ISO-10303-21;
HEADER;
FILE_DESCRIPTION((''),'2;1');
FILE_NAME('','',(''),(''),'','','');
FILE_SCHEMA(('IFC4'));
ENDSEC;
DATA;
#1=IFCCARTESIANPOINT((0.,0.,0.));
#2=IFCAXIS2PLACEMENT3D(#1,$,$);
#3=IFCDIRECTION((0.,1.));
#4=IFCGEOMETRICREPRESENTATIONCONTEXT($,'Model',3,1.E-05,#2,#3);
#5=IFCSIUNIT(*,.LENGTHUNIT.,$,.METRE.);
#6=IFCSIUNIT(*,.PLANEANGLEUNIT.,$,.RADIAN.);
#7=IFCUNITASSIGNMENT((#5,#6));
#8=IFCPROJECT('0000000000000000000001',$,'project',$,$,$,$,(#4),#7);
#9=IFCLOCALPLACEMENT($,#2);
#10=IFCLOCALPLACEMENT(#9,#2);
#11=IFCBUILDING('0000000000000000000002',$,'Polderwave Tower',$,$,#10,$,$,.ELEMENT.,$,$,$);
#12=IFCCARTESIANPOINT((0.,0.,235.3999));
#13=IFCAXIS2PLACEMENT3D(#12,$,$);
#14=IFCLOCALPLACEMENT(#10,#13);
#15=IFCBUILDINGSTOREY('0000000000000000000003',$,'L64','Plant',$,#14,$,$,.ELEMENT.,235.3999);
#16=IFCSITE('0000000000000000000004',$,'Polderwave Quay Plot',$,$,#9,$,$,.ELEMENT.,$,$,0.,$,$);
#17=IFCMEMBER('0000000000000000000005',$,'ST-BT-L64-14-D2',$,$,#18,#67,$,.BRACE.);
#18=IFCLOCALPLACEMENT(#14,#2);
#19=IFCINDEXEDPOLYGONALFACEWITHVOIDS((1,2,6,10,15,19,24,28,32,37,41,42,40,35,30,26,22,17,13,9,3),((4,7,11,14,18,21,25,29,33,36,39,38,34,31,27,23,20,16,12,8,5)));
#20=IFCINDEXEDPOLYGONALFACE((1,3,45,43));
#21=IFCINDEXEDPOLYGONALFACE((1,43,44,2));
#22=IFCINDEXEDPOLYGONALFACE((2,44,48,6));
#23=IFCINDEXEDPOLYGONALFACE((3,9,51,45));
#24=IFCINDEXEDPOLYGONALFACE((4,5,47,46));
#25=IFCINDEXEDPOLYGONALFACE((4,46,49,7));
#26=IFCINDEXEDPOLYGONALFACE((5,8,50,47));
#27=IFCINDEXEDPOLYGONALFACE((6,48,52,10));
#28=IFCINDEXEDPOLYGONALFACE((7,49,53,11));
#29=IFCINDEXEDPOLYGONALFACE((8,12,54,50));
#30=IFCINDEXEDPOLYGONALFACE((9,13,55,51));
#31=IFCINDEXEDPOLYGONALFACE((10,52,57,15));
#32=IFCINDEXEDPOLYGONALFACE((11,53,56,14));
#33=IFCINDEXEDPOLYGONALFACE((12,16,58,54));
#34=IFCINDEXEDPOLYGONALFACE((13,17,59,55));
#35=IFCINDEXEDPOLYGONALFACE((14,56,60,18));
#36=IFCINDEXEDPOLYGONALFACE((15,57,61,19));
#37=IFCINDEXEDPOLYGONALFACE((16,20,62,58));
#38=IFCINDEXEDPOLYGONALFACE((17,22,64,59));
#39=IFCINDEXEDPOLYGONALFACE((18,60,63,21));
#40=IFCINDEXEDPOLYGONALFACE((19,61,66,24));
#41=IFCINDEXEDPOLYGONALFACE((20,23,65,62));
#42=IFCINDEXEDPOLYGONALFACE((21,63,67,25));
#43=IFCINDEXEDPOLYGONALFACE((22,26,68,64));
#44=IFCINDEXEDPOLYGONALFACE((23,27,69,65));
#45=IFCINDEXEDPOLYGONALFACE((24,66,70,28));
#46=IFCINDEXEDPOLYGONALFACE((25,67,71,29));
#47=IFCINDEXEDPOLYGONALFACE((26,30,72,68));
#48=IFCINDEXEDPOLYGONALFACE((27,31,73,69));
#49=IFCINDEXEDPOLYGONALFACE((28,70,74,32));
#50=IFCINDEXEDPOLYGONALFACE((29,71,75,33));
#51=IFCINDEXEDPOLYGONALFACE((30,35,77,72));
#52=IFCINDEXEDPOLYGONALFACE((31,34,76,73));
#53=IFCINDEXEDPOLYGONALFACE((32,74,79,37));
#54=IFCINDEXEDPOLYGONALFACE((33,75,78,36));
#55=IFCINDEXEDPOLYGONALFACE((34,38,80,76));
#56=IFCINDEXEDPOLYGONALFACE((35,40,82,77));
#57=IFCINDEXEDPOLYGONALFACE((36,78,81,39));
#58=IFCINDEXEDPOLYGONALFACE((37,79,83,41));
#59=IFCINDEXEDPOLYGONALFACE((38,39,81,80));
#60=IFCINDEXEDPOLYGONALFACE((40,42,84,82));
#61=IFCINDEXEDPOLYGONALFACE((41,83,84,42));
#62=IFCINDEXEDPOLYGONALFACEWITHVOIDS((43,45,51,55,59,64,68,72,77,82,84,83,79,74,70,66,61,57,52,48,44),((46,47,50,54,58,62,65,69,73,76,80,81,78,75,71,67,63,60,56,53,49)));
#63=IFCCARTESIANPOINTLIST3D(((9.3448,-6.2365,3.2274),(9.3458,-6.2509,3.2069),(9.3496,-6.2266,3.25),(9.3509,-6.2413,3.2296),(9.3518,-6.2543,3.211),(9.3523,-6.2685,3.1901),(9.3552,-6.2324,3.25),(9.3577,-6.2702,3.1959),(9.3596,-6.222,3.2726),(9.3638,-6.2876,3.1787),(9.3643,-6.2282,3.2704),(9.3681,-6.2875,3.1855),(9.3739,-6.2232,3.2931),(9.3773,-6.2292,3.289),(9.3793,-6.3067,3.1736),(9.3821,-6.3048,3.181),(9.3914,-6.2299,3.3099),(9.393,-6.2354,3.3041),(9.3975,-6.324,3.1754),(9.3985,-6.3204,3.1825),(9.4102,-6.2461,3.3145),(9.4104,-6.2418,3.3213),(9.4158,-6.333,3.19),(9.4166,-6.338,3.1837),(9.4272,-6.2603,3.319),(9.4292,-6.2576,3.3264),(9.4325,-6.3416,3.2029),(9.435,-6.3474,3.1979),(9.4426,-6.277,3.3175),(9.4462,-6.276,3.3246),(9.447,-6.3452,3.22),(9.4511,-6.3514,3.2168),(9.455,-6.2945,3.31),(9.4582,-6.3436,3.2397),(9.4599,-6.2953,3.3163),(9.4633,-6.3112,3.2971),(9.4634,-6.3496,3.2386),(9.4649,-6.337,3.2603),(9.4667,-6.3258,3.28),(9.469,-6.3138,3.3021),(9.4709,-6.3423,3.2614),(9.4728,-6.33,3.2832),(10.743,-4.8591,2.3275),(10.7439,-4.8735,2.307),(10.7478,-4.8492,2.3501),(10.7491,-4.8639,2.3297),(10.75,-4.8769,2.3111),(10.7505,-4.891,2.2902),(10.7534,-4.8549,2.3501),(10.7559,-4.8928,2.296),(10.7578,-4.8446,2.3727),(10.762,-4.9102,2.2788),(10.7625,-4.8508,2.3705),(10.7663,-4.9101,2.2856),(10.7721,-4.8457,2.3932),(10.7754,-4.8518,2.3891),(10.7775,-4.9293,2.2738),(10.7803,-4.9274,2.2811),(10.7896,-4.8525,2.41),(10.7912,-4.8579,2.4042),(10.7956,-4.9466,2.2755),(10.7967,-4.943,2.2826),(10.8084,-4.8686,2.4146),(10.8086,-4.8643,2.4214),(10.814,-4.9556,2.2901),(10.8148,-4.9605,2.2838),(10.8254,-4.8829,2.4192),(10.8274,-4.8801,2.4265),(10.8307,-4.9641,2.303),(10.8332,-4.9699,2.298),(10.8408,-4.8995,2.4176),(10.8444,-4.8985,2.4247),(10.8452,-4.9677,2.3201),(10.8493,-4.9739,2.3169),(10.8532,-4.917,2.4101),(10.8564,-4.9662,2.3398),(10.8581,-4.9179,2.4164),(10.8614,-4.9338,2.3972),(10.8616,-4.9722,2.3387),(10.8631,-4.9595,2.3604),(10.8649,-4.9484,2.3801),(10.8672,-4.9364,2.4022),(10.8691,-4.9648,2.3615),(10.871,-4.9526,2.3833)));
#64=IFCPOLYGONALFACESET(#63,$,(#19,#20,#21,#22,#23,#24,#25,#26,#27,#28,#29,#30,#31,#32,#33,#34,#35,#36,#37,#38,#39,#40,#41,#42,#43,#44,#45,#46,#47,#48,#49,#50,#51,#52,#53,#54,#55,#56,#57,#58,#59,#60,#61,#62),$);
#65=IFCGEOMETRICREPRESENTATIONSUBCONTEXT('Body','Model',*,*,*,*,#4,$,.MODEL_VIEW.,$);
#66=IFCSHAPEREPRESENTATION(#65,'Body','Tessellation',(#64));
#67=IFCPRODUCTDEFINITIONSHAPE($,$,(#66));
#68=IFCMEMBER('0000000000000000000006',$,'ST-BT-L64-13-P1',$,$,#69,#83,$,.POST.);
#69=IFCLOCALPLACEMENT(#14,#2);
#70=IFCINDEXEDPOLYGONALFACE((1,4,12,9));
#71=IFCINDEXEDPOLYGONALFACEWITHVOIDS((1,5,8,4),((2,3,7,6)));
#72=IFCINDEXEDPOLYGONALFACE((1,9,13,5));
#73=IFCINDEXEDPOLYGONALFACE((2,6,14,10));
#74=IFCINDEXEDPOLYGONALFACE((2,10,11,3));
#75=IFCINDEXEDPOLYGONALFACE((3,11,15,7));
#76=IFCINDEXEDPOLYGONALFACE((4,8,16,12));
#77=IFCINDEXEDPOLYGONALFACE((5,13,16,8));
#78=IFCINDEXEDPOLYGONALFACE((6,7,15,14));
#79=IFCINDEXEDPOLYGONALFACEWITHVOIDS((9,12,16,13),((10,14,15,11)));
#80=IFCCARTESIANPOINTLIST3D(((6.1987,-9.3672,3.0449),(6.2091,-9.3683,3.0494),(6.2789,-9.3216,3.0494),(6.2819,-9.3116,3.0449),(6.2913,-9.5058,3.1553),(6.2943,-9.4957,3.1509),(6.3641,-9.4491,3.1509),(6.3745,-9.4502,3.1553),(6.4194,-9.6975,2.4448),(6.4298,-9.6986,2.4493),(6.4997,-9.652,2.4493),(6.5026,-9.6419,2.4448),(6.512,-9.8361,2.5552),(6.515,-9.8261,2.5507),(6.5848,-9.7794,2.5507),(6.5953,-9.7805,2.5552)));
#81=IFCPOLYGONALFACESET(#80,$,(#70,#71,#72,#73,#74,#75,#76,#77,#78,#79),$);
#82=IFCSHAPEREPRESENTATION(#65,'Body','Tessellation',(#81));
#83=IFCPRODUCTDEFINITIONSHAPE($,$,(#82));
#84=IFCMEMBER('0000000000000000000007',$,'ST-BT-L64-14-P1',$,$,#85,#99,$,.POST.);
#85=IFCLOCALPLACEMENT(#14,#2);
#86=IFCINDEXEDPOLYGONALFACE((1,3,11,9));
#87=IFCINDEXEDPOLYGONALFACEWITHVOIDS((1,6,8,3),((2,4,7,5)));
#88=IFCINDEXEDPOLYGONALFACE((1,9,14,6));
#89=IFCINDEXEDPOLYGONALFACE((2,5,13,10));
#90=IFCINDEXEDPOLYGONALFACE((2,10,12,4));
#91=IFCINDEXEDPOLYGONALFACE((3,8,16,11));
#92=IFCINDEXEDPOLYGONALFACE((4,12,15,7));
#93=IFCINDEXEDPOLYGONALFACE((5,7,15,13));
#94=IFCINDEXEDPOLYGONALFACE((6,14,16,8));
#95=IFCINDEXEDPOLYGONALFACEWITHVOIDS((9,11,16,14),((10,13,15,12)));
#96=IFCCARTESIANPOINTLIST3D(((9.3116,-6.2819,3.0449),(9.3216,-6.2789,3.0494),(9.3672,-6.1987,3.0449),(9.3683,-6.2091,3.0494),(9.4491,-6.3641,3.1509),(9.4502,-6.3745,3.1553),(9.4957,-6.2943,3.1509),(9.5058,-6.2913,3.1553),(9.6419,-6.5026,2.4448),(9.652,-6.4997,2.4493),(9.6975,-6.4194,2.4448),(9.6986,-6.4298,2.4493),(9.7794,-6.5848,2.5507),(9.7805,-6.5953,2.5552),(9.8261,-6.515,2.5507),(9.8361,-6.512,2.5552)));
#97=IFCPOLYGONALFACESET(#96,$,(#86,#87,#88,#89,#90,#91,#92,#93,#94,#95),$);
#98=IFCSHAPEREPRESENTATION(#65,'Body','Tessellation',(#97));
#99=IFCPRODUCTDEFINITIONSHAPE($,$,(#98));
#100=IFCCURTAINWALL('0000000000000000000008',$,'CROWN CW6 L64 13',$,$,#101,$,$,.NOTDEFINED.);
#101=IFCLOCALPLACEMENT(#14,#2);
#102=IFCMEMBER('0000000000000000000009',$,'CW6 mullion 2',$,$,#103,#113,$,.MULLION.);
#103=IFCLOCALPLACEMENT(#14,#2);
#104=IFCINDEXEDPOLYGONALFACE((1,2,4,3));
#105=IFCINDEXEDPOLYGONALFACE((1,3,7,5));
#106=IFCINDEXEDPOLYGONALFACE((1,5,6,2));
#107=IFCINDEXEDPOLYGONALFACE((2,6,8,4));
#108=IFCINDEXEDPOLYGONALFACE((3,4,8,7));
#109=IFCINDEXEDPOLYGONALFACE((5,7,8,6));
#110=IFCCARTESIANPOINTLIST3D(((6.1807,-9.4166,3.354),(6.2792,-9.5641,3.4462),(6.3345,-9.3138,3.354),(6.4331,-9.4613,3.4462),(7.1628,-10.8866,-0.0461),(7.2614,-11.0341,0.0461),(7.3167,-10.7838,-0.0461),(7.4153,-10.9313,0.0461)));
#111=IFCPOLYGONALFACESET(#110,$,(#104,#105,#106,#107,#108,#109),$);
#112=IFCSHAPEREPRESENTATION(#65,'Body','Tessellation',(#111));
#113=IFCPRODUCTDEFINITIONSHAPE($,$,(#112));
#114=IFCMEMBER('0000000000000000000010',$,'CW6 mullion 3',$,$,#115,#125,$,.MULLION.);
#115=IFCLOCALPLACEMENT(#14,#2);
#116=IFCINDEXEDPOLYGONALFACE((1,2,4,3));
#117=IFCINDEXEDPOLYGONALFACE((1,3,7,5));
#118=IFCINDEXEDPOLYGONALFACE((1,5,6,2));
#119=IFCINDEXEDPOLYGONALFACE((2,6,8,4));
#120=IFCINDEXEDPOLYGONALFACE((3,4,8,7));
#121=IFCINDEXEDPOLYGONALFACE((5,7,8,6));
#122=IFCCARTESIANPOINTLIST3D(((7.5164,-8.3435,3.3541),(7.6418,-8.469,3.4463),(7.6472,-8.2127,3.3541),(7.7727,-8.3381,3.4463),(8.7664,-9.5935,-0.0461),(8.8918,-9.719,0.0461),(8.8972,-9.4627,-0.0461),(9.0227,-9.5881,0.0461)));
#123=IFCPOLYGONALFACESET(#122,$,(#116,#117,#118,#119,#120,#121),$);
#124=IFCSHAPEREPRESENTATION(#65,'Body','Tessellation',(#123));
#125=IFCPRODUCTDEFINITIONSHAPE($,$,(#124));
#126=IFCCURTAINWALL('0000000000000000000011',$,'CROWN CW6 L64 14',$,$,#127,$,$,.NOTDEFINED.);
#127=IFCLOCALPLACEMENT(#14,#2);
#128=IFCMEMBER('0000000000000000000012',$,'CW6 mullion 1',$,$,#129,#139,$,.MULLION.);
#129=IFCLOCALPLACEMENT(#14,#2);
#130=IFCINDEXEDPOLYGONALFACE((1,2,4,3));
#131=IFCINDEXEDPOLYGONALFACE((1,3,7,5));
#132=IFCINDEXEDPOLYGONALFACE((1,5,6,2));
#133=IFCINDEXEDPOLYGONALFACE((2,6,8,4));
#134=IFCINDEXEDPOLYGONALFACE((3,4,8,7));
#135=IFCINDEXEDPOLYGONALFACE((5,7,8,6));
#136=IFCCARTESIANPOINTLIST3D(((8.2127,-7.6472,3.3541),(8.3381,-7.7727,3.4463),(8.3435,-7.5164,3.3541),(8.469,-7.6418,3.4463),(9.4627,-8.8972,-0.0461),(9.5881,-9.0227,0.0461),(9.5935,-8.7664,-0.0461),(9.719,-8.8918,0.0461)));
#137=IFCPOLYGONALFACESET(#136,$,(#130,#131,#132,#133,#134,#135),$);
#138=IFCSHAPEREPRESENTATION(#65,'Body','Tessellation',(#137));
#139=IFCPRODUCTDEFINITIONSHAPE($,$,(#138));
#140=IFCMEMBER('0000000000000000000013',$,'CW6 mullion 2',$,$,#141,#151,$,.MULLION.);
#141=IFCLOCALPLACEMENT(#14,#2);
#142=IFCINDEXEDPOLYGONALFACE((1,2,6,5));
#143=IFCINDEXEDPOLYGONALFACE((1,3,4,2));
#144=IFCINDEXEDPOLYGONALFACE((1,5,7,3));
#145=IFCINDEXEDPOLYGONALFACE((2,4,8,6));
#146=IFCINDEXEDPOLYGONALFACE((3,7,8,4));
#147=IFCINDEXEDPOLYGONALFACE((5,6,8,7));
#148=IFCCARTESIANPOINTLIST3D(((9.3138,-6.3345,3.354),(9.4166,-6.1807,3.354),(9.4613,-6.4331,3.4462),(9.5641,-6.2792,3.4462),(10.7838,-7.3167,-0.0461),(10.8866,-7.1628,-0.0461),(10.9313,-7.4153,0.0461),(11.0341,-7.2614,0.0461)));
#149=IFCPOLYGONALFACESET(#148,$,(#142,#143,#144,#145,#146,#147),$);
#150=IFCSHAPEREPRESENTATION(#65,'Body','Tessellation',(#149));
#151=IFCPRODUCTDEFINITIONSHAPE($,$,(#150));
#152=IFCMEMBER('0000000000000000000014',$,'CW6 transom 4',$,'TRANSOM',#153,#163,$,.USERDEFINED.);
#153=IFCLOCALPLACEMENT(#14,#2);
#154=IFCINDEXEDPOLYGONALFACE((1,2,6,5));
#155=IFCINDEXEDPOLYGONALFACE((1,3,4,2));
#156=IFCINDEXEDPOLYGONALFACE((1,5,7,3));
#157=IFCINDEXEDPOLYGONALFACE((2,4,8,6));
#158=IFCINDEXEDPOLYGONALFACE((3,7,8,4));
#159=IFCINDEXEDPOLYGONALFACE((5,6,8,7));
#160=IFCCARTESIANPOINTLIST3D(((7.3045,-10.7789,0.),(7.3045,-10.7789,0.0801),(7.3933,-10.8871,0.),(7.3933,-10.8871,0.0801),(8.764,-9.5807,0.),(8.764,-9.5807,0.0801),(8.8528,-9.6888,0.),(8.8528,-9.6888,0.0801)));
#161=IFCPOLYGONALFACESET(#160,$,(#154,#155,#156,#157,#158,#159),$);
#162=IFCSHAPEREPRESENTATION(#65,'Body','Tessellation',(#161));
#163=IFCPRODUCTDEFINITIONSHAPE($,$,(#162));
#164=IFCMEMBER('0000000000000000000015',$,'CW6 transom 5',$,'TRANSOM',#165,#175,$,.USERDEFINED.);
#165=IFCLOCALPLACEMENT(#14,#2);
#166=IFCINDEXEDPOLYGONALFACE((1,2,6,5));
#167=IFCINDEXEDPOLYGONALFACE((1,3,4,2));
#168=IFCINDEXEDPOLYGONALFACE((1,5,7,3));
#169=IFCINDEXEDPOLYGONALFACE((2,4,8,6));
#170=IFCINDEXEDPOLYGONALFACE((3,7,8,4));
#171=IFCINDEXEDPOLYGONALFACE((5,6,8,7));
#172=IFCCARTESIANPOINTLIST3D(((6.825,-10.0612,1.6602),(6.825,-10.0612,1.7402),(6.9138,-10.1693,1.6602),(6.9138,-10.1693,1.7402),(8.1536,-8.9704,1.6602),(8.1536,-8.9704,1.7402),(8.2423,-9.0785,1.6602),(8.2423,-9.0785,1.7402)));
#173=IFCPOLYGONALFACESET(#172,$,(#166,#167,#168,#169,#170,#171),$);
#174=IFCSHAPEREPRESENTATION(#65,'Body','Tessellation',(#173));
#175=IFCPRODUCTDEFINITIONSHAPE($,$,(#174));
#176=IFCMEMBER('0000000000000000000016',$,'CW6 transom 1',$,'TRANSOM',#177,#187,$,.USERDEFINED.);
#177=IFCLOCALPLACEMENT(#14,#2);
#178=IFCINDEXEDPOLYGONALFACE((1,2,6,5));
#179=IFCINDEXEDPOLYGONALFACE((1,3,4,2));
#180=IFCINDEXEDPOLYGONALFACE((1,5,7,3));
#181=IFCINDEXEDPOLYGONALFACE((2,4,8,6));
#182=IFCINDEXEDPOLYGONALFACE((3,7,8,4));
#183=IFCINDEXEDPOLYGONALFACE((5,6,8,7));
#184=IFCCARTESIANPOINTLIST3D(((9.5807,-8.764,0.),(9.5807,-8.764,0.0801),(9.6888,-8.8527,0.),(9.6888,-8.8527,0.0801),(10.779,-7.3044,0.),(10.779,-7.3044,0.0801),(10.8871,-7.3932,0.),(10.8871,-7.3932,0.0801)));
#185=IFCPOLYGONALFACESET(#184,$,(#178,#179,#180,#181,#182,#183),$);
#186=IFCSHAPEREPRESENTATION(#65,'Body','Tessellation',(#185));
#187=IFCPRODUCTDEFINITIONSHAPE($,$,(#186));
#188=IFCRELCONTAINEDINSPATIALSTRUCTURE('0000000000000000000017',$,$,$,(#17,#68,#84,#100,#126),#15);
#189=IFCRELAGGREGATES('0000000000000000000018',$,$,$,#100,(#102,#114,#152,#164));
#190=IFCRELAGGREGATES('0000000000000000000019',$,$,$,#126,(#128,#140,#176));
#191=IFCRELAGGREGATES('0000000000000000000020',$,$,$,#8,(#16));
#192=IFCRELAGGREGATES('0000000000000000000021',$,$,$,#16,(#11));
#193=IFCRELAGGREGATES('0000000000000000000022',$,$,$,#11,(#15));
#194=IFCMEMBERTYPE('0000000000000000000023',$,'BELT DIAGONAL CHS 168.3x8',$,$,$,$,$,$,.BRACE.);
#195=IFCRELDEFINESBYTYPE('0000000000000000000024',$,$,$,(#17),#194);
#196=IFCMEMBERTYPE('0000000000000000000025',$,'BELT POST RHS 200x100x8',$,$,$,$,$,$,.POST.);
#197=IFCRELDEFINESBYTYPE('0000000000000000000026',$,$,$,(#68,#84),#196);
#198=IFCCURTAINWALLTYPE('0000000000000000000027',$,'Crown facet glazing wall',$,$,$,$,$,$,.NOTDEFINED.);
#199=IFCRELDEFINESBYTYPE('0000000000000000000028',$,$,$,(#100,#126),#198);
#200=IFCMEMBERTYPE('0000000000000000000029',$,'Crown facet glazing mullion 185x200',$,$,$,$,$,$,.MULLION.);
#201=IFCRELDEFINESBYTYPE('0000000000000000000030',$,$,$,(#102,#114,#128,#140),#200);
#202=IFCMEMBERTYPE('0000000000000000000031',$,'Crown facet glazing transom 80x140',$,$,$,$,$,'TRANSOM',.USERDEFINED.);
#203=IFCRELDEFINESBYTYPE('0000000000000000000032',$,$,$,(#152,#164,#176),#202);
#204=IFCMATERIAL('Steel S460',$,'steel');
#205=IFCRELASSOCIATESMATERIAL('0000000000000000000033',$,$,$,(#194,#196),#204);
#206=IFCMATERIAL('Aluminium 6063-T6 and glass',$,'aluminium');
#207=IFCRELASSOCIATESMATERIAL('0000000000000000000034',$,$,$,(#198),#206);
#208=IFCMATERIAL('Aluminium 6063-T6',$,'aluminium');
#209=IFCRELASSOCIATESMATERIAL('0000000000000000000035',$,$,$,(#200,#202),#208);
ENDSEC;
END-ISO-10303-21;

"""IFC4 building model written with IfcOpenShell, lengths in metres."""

from ifc_helpers import new_model, si_unit, direction, frame, origin, origin_2d, place, context, subcontext, project, spatial, rectangle, hollow_rectangle, hollow_circle, extrude, material, material_profile, profile_set, type_object, element, aggregate, save


model = new_model("IFC4")

# Units and contexts
model_context = context("Model", 3, precision=1e-05, world=origin(), true_north=direction((0.0, 1.0)))
body_context = subcontext(model_context, "Body", "Model", "MODEL_VIEW")
ifc_project = project(units=[si_unit("LENGTHUNIT", "METRE"), si_unit("PLANEANGLEUNIT", "RADIAN")], contexts=[model_context])

# Site, building, storey
site_placement = place(None, origin())
site = spatial("IfcSite", under=ifc_project, at=site_placement, Name="Polderwave Quay Plot", CompositionType="ELEMENT", RefElevation=0.0)
building_placement = place(site_placement, origin())
building = spatial("IfcBuilding", under=site, at=building_placement, Name="Polderwave Tower", CompositionType="ELEMENT")
storey_placement = place(building_placement, frame((0.0, 0.0, 235.3999)))
storey = spatial("IfcBuildingStorey", under=building, at=storey_placement, Name="L64", Description="Plant", CompositionType="ELEMENT", Elevation=235.3999)

# Members
ifc_material_1 = material(Name="Steel S460", Category="steel")
ifc_material_profile_1 = material_profile(ifc_material_1, hollow_circle(Radius=0.0842, WallThickness=0.0081, at=origin_2d()), Name="CHS 168.3x8")
ifc_profile_set_1 = profile_set([ifc_material_profile_1], Name="Steel S460")
member_type_1 = type_object("IfcMemberType", Name="BELT DIAGONAL CHS 168.3x8", PredefinedType="BRACE", material=ifc_profile_set_1)
for number, where, z_axis, x_axis, name in (
    (1, (9.4087, -6.2866, 3.25), (0.647554, 0.637943, -0.416777), (-0.701801, 0.712374, 0.0), "ST-BT-L64-14-D2"),
):
    element("IfcMember", number, at=place(storey_placement, frame(where, z_axis=z_axis, x_axis=x_axis)), inside=storey, type_object=member_type_1, Name=name, PredefinedType="BRACE", context=body_context, shape_type="SweptSolid", body=[
        extrude(hollow_circle(Radius=0.0842, WallThickness=0.0081, at=origin_2d()), origin(), (0.0, 0.0, 1.0), 2.1592),
    ])
ifc_material_profile_2 = material_profile(ifc_material_1, hollow_rectangle(XDim=0.1001, YDim=0.2, WallThickness=0.0081, at=origin_2d()), Name="RHS 200x100x8")
ifc_profile_set_2 = profile_set([ifc_material_profile_2], Name="Steel S460")
member_type_2 = type_object("IfcMemberType", Name="BELT POST RHS 200x100x8", PredefinedType="POST", material=ifc_profile_set_2)
for number, where, z_axis, x_axis, name in (
    (2, (6.5073, -9.739, 2.5), (-0.306668, 0.458985, 0.833839), (-0.831483, -0.555551, 0.0), "ST-BT-L64-13-P1"),
    (3, (9.739, -6.5073, 2.5), (-0.458985, 0.306668, 0.833839), (-0.555551, -0.831483, 0.0), "ST-BT-L64-14-P1"),
):
    element("IfcMember", number, at=place(storey_placement, frame(where, z_axis=z_axis, x_axis=x_axis)), inside=storey, type_object=member_type_2, Name=name, PredefinedType="POST", context=body_context, shape_type="SweptSolid", body=[
        extrude(hollow_rectangle(XDim=0.1001, YDim=0.2, WallThickness=0.0081, at=origin_2d()), origin(), (0.0, 0.0, 1.0), 0.7197),
    ])

# Curtain walls, members
ifc_material_2 = material(Name="Aluminium 6063-T6 and glass", Category="aluminium")
curtain_wall_type = type_object("IfcCurtainWallType", Name="Crown facet glazing wall", PredefinedType="NOTDEFINED", material=ifc_material_2)
curtain_wall_1_placement = place(storey_placement, origin())
curtain_wall_1 = element("IfcCurtainWall", 4, at=curtain_wall_1_placement, inside=storey, type_object=curtain_wall_type, Name="CROWN CW6 L64 13", PredefinedType="NOTDEFINED")
ifc_material_3 = material(Name="Aluminium 6063-T6", Category="aluminium")
ifc_material_profile_3 = material_profile(ifc_material_3, rectangle(XDim=0.1851, YDim=0.2, at=origin_2d()), Name="AL 185x200")
ifc_profile_set_3 = profile_set([ifc_material_profile_3], Name="Aluminium 6063-T6")
member_type_3 = type_object("IfcMemberType", Name="Crown facet glazing mullion 185x200", PredefinedType="MULLION", material=ifc_profile_set_3)
member_1_placement = place(storey_placement, frame((7.2891, -10.9089, 0.0), z_axis=(-0.25629, 0.383575, 0.887235), x_axis=(-0.831476, -0.55556, 0.0)))
member_1 = element("IfcMember", 5, at=member_1_placement, type_object=member_type_3, Name="CW6 mullion 2", PredefinedType="MULLION", context=body_context, shape_type="SweptSolid", body=[
    extrude(rectangle(XDim=0.1851, YDim=0.2, at=origin_2d()), origin(), (0.0, 0.0, 1.0), 3.8323),
])
member_2_placement = place(storey_placement, frame((8.8945, -9.5908, 0.0), z_axis=(-0.326181, 0.326181, 0.88725), x_axis=(-0.707107, -0.707107, 0.0)))
member_2 = element("IfcMember", 6, at=member_2_placement, type_object=member_type_3, Name="CW6 mullion 3", PredefinedType="MULLION", context=body_context, shape_type="SweptSolid", body=[
    extrude(rectangle(XDim=0.1851, YDim=0.2, at=origin_2d()), origin(), (0.0, 0.0, 1.0), 3.8323),
])
curtain_wall_2_placement = place(storey_placement, origin())
curtain_wall_2 = element("IfcCurtainWall", 7, at=curtain_wall_2_placement, inside=storey, type_object=curtain_wall_type, Name="CROWN CW6 L64 14", PredefinedType="NOTDEFINED")
member_3_placement = place(storey_placement, frame((9.5908, -8.8945, 0.0), z_axis=(-0.326181, 0.326181, 0.88725), x_axis=(-0.707107, -0.707107, 0.0)))
member_3 = element("IfcMember", 8, at=member_3_placement, type_object=member_type_3, Name="CW6 mullion 1", PredefinedType="MULLION", context=body_context, shape_type="SweptSolid", body=[
    extrude(rectangle(XDim=0.1851, YDim=0.2, at=origin_2d()), origin(), (0.0, 0.0, 1.0), 3.8323),
])
member_4_placement = place(storey_placement, frame((10.9089, -7.2891, 0.0), z_axis=(-0.383575, 0.25629, 0.887235), x_axis=(-0.55556, -0.831476, 0.0)))
member_4 = element("IfcMember", 9, at=member_4_placement, type_object=member_type_3, Name="CW6 mullion 2", PredefinedType="MULLION", context=body_context, shape_type="SweptSolid", body=[
    extrude(rectangle(XDim=0.1851, YDim=0.2, at=origin_2d()), origin(), (0.0, 0.0, 1.0), 3.8323),
])

# Members
ifc_material_profile_4 = material_profile(ifc_material_3, rectangle(XDim=0.1399, YDim=0.0801, at=origin_2d()), Name="AL 80x140")
ifc_profile_set_4 = profile_set([ifc_material_profile_4], Name="Aluminium 6063-T6")
member_type_4 = type_object("IfcMemberType", Name="Crown facet glazing transom 80x140", ElementType="TRANSOM", PredefinedType="USERDEFINED", material=ifc_profile_set_4)
member_5_placement = place(storey_placement, frame((7.3489, -10.833, 0.04), z_axis=(0.772885, 0.634546, 0.0), x_axis=(-0.634546, 0.772885, 0.0)))
member_5 = element("IfcMember", 10, at=member_5_placement, type_object=member_type_4, Name="CW6 transom 4", ObjectType="TRANSOM", PredefinedType="USERDEFINED", context=body_context, shape_type="SweptSolid", body=[
    extrude(rectangle(XDim=0.1399, YDim=0.0801, at=origin_2d()), origin(), (0.0, 0.0, 1.0), 1.8884),
])
member_6_placement = place(storey_placement, frame((6.8694, -10.1152, 1.7002), z_axis=(0.77288, 0.634552, 0.0), x_axis=(-0.634552, 0.77288, 0.0)))
member_6 = element("IfcMember", 11, at=member_6_placement, type_object=member_type_4, Name="CW6 transom 5", ObjectType="TRANSOM", PredefinedType="USERDEFINED", context=body_context, shape_type="SweptSolid", body=[
    extrude(rectangle(XDim=0.1399, YDim=0.0801, at=origin_2d()), origin(), (0.0, 0.0, 1.0), 1.719),
])
member_7_placement = place(storey_placement, frame((9.6348, -8.8083, 0.04), z_axis=(0.634546, 0.772885, 0.0), x_axis=(-0.772885, 0.634546, 0.0)))
member_7 = element("IfcMember", 12, at=member_7_placement, type_object=member_type_4, Name="CW6 transom 1", ObjectType="TRANSOM", PredefinedType="USERDEFINED", context=body_context, shape_type="SweptSolid", body=[
    extrude(rectangle(XDim=0.1399, YDim=0.0801, at=origin_2d()), origin(), (0.0, 0.0, 1.0), 1.8884),
])

aggregate(curtain_wall_1, [member_1, member_2, member_5, member_6])
aggregate(curtain_wall_2, [member_3, member_4, member_7])

save(model, "model.ifc")
